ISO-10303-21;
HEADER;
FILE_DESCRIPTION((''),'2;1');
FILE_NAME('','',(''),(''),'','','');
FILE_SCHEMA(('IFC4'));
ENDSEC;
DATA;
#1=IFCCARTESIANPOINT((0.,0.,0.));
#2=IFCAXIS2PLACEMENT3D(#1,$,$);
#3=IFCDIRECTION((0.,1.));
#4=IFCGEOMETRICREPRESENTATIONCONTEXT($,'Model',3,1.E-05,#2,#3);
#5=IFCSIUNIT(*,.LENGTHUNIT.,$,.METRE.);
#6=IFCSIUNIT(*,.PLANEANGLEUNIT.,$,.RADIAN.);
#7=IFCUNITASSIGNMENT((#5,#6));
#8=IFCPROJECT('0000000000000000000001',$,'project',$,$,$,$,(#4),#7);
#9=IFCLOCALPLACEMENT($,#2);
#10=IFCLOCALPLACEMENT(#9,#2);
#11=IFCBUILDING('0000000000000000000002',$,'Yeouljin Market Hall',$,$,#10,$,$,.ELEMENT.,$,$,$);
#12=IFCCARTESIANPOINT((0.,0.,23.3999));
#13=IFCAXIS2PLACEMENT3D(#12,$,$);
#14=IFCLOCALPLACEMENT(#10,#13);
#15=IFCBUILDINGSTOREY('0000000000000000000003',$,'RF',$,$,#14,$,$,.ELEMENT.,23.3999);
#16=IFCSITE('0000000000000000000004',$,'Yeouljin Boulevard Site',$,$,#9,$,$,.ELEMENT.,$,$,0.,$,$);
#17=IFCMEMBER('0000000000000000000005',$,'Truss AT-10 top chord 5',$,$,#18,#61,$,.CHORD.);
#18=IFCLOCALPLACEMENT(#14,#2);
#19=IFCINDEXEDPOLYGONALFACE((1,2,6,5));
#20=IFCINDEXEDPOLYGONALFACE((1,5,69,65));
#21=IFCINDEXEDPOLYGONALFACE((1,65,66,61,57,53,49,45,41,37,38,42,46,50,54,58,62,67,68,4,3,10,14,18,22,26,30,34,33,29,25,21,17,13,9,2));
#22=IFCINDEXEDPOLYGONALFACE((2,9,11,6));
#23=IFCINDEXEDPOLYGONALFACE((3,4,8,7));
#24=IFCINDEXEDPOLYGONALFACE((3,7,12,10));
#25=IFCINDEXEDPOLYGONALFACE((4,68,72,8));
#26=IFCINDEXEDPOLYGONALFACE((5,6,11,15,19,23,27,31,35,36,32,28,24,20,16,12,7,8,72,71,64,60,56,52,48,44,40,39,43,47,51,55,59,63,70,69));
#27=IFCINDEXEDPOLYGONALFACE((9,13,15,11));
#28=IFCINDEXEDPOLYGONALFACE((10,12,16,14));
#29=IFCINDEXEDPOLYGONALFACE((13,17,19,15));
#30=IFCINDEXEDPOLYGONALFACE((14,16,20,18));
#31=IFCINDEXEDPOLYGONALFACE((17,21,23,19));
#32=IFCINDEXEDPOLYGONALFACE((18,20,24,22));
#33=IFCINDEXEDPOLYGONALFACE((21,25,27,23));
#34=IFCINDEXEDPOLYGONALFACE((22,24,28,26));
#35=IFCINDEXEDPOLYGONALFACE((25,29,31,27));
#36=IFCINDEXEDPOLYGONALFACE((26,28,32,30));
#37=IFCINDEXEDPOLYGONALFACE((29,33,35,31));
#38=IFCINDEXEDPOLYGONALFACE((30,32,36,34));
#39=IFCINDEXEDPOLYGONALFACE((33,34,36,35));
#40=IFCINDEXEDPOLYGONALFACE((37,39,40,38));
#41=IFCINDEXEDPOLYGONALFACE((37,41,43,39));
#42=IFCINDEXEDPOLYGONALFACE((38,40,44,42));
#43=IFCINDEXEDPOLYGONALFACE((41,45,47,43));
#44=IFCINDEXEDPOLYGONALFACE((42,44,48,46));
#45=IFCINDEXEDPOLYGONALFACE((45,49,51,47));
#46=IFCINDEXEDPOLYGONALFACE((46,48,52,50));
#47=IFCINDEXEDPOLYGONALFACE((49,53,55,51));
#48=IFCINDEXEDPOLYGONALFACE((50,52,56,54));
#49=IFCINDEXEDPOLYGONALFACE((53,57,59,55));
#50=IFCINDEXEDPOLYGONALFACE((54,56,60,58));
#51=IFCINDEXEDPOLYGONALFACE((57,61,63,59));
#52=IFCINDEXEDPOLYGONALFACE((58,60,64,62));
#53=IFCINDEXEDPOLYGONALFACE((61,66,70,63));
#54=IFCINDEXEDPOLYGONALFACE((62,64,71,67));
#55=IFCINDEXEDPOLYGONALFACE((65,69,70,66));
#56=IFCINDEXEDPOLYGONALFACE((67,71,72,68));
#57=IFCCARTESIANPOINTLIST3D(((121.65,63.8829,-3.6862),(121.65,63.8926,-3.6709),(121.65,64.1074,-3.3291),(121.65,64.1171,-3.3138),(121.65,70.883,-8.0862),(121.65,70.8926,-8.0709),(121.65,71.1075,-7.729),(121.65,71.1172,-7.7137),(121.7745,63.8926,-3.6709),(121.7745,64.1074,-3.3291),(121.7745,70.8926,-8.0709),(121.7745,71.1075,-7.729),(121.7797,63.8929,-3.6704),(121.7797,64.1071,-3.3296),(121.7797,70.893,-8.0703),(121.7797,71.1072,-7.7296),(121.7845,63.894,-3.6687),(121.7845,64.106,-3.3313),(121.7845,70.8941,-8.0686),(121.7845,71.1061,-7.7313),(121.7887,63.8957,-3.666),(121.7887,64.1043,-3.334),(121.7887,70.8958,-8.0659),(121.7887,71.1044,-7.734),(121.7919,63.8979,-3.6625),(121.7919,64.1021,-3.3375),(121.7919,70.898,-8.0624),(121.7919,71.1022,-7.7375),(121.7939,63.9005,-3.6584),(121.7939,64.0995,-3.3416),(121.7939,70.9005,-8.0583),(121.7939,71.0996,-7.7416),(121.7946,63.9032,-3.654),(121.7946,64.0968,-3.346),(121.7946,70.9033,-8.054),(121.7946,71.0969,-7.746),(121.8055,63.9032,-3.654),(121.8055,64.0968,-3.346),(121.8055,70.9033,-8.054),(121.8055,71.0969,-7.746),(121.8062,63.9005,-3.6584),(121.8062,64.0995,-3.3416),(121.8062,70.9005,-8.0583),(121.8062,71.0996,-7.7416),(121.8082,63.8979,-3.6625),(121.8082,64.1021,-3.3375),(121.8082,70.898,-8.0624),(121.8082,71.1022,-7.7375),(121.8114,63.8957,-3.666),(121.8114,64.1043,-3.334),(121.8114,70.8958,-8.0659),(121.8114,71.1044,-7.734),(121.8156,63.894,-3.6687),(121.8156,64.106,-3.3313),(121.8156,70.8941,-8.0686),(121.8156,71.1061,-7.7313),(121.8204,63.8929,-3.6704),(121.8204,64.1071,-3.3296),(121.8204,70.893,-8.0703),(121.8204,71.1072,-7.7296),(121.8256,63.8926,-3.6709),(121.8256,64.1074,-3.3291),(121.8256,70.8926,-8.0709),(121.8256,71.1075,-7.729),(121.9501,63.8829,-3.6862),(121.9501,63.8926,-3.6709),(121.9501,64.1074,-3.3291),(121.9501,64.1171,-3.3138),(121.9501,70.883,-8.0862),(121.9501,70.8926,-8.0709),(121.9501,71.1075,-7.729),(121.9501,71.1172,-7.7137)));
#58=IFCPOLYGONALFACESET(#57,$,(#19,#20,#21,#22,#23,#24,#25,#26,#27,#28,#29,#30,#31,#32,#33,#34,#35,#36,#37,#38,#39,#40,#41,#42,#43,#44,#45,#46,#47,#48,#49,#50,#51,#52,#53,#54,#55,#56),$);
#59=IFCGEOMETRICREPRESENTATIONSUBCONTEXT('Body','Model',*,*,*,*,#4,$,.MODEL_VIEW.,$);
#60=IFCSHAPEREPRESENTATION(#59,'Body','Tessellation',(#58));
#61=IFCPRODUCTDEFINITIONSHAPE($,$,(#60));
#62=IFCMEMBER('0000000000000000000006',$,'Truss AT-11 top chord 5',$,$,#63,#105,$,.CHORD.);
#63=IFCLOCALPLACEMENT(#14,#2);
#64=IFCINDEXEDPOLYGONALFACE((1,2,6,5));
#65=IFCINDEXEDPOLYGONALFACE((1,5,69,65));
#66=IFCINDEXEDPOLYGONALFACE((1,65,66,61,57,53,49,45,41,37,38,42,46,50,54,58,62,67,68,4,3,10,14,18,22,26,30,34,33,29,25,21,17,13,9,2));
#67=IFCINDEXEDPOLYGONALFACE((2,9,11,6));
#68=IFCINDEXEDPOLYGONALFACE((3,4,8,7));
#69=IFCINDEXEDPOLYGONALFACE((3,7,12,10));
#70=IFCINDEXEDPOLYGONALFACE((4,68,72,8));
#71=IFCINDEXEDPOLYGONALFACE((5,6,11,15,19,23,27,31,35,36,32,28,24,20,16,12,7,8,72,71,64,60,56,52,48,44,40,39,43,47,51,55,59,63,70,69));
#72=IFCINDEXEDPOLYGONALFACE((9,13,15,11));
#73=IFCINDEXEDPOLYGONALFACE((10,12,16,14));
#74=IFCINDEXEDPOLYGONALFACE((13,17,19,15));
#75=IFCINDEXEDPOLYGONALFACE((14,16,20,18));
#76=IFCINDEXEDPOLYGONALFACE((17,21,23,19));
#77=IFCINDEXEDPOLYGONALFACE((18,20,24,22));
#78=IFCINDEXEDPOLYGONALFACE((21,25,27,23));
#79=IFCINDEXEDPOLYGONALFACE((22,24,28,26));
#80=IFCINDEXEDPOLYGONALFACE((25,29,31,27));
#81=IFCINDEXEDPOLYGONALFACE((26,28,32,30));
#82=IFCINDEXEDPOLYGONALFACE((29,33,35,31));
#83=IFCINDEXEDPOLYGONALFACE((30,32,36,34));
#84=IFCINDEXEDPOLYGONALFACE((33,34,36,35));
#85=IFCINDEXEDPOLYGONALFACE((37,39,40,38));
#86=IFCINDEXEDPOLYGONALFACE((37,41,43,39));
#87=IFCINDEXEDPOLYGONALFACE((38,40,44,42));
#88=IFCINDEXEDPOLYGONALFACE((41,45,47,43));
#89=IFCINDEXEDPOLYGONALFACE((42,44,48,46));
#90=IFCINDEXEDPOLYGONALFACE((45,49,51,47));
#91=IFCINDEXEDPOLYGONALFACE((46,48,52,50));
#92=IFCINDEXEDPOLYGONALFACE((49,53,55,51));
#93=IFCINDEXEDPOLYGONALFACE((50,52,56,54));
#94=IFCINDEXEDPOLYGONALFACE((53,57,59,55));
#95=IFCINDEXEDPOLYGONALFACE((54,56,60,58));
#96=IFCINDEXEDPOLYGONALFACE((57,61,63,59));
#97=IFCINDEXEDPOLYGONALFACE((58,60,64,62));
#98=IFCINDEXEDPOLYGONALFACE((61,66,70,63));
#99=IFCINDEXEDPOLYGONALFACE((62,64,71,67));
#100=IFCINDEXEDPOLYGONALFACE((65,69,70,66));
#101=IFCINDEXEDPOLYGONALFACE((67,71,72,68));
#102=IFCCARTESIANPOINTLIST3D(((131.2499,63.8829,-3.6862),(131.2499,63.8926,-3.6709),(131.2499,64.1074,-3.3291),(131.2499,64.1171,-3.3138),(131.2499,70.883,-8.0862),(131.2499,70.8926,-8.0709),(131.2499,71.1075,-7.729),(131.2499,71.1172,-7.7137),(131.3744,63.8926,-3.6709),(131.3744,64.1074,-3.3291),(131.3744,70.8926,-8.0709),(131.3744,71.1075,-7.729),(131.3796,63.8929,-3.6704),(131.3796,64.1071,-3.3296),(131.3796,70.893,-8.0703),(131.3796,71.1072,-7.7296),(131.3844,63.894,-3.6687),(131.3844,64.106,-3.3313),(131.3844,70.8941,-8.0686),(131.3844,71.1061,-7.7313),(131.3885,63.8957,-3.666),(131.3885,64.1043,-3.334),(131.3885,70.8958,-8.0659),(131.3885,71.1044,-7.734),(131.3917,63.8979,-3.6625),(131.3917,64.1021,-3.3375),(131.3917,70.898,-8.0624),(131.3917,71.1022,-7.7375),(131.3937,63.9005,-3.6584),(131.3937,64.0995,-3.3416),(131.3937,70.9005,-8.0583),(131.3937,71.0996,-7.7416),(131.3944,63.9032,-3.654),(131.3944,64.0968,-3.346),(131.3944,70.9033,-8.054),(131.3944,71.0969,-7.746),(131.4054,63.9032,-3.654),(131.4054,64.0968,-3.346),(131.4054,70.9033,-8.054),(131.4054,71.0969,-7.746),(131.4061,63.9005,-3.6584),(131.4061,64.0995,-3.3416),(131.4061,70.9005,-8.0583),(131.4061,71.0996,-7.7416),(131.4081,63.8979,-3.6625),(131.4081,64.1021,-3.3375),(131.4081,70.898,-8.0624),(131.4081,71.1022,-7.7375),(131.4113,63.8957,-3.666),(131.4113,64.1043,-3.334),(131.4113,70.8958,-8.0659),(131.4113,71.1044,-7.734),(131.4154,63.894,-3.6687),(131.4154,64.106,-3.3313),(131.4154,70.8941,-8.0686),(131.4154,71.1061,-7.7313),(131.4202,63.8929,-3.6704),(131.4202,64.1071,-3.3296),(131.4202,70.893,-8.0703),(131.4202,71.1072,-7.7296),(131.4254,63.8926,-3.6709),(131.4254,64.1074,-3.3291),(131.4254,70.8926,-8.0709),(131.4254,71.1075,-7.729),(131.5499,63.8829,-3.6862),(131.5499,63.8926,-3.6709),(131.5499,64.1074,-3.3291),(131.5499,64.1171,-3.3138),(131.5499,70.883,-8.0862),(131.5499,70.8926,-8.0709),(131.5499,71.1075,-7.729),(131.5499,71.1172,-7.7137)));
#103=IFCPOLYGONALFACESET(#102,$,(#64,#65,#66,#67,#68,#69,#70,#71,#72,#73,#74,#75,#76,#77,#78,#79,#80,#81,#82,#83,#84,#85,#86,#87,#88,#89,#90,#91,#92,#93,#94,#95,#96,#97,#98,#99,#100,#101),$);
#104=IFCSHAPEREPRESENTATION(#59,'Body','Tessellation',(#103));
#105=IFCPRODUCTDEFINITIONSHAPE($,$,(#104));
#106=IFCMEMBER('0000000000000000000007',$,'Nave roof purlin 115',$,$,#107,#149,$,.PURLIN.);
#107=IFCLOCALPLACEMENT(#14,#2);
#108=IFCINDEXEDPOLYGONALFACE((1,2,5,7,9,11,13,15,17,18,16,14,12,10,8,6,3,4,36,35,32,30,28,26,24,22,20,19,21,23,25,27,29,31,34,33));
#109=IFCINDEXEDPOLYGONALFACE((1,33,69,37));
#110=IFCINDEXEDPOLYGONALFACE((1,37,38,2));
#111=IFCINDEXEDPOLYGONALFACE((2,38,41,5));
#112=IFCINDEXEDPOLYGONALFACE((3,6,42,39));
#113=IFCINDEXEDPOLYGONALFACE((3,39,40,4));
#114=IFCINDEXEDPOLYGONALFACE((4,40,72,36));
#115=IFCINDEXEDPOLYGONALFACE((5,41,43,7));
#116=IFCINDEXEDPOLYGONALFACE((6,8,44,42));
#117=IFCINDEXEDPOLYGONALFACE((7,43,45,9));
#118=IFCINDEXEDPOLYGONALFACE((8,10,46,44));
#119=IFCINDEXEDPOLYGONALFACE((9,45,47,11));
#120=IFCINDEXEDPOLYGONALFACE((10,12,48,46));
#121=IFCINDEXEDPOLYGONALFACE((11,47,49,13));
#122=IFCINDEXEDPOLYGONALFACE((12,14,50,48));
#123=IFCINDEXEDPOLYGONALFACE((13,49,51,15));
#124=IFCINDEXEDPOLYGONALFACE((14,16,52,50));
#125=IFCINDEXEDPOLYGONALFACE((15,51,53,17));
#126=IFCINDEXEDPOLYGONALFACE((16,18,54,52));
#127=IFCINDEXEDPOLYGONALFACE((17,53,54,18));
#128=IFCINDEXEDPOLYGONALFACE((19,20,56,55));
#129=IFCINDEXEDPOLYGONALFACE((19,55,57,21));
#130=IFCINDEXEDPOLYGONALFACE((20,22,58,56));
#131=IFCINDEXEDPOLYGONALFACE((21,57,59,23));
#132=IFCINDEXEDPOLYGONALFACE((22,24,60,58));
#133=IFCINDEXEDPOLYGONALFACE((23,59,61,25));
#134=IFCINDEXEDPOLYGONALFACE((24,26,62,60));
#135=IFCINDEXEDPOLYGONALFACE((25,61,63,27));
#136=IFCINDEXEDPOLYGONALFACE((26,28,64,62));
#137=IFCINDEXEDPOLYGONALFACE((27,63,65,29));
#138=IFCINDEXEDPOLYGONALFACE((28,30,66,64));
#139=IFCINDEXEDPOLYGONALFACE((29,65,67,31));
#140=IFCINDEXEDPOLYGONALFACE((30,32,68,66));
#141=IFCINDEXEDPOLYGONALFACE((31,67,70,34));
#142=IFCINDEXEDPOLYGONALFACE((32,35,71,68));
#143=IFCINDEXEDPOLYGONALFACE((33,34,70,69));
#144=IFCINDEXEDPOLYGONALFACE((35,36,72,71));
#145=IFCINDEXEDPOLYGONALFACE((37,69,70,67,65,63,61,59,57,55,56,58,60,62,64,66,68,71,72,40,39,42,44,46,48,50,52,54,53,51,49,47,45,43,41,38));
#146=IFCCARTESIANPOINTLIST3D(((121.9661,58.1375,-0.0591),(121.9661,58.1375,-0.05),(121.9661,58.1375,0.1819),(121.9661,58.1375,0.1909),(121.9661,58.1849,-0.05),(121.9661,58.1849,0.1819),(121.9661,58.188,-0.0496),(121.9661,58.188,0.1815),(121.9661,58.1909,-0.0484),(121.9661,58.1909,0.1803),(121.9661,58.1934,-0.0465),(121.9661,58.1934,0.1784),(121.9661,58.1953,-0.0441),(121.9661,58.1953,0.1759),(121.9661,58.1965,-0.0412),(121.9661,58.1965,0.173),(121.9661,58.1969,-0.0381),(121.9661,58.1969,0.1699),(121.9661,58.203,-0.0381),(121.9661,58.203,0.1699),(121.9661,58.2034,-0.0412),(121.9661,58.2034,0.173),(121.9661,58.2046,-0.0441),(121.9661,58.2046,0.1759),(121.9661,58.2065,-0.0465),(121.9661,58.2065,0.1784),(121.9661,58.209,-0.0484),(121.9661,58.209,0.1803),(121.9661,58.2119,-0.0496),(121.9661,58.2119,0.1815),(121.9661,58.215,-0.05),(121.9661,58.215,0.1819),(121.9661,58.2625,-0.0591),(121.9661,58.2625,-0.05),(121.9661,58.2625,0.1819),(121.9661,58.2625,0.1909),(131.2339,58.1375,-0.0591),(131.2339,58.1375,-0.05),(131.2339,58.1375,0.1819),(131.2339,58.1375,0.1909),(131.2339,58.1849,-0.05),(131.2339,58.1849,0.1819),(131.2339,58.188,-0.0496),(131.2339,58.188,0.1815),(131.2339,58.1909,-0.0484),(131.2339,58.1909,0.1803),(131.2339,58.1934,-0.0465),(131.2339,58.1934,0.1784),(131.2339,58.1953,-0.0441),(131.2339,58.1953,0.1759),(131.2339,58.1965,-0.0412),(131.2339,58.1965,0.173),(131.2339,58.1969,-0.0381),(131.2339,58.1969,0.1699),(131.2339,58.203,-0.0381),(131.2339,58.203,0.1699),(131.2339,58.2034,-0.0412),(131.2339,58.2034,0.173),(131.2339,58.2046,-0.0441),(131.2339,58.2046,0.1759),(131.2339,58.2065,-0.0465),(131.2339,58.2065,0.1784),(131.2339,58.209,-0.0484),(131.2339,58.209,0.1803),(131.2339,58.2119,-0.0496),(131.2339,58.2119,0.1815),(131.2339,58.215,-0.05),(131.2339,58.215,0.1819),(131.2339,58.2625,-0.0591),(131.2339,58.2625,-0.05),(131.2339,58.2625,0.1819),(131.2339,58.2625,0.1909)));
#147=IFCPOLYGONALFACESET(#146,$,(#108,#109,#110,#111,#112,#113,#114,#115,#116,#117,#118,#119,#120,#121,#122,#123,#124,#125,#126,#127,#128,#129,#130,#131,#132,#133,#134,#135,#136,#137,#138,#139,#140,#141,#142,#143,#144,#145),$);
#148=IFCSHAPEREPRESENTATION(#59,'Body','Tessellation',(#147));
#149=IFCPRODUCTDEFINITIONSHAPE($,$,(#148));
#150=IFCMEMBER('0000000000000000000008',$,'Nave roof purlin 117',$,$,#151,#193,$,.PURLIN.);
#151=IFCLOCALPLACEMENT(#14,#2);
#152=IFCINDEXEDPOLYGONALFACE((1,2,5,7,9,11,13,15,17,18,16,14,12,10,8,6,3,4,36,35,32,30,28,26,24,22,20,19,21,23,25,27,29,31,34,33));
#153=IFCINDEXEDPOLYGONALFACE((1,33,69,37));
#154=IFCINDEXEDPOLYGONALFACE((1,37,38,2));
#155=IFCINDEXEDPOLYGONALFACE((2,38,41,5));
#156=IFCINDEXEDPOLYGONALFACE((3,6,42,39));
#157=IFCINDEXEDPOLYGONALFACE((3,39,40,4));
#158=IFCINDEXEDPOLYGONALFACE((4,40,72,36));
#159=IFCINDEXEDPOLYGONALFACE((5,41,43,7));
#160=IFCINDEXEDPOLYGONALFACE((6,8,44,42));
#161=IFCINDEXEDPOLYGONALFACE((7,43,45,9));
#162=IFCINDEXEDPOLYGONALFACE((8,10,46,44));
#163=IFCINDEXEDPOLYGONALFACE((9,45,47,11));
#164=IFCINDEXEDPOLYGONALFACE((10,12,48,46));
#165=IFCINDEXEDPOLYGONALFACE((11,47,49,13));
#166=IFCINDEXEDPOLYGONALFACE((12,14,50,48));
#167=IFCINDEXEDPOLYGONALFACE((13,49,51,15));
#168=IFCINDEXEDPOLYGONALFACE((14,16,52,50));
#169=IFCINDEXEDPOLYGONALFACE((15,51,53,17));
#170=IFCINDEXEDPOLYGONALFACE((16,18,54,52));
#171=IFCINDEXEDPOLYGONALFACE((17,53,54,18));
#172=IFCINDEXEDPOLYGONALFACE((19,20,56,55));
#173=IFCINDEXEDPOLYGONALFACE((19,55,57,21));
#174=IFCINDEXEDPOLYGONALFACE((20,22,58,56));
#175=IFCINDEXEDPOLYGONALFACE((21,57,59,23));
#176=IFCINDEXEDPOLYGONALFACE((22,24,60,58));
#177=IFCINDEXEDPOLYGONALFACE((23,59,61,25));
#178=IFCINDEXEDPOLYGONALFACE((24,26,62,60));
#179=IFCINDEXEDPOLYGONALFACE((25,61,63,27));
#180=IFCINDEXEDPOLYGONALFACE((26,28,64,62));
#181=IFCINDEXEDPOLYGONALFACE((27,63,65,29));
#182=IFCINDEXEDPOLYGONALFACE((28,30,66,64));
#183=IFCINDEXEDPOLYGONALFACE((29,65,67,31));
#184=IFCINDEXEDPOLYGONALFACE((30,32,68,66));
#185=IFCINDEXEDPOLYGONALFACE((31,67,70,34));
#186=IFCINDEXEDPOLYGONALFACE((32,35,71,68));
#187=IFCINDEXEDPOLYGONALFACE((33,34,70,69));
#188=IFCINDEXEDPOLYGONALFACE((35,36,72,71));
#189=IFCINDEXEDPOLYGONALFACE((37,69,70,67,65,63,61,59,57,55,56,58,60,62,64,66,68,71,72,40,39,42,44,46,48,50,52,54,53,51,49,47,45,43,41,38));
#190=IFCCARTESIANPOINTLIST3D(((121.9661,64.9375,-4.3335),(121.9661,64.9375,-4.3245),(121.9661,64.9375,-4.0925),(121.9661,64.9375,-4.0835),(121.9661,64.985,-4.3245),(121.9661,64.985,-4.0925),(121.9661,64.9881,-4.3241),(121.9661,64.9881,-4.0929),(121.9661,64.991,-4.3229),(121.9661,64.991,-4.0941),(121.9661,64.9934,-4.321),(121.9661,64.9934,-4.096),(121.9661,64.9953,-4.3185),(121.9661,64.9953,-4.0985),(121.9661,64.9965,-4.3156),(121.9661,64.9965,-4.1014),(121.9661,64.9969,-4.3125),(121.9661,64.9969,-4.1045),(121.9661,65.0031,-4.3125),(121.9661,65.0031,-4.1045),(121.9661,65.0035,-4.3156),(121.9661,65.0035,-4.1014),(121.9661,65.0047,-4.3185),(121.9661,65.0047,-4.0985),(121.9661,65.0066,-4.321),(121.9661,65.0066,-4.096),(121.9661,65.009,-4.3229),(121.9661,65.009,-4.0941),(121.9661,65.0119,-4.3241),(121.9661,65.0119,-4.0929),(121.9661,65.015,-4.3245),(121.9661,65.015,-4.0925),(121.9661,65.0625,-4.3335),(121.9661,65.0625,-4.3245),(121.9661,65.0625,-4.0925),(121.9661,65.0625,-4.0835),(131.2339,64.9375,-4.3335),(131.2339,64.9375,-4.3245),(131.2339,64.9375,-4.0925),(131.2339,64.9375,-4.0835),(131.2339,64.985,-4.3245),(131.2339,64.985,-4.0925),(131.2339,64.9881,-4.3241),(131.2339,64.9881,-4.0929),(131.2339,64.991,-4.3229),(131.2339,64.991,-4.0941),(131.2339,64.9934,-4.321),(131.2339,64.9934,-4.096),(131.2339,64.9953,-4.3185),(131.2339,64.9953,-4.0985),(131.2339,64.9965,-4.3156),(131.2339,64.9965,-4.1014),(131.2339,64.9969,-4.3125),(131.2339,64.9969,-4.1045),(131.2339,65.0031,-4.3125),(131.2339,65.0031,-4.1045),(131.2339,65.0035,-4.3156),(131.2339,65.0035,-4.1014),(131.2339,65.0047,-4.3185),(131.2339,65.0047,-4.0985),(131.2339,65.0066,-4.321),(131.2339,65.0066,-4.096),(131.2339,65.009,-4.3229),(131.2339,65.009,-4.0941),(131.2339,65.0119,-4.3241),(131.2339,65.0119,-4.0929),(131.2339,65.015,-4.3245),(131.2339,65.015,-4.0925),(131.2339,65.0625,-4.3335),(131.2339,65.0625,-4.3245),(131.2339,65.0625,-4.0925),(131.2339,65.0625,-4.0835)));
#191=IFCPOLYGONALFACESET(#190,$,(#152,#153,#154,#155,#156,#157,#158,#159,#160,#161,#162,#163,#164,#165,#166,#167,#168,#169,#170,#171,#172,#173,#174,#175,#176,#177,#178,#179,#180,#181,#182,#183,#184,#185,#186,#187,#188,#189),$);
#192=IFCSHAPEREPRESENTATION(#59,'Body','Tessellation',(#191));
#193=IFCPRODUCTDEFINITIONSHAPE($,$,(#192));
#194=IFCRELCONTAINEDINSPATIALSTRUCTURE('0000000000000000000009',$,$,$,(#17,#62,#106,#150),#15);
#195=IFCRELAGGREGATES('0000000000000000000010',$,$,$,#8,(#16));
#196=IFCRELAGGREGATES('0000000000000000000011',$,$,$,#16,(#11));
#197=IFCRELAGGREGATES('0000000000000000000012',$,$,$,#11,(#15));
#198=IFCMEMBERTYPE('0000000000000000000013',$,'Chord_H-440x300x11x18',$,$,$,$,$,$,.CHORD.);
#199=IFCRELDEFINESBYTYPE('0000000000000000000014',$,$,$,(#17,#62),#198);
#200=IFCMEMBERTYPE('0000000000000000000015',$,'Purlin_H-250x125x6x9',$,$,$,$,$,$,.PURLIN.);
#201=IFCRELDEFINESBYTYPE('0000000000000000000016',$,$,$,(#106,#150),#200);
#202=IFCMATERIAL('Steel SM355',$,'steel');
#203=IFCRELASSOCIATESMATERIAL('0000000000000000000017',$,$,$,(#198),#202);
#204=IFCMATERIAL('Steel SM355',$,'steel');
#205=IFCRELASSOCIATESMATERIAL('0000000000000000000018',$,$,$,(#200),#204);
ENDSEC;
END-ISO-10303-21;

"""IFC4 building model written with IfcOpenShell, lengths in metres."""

from ifc_helpers import new_model, si_unit, direction, frame, origin, origin_2d, place, context, subcontext, project, spatial, i_section, extrude, material, material_profile, profile_set, type_object, element, save


model = new_model("IFC4")

# Units and contexts
model_context = context("Model", 3, precision=1e-05, world=origin(), true_north=direction((0.0, 1.0)))
body_context = subcontext(model_context, "Body", "Model", "MODEL_VIEW")
ifc_project = project(units=[si_unit("LENGTHUNIT", "METRE"), si_unit("PLANEANGLEUNIT", "RADIAN")], contexts=[model_context])

# Site, building, storey
site_placement = place(None, origin())
site = spatial("IfcSite", under=ifc_project, at=site_placement, Name="Yeouljin Boulevard Site", CompositionType="ELEMENT", RefElevation=0.0)
building_placement = place(site_placement, origin())
building = spatial("IfcBuilding", under=site, at=building_placement, Name="Yeouljin Market Hall", CompositionType="ELEMENT")
storey_placement = place(building_placement, frame((0.0, 0.0, 23.3999)))
storey = spatial("IfcBuildingStorey", under=building, at=storey_placement, Name="RF", CompositionType="ELEMENT", Elevation=23.3999)

# Members
ifc_material_1 = material(Name="Steel SM355", Category="steel")
ifc_material_profile_1 = material_profile(ifc_material_1, i_section(OverallWidth=0.3, OverallDepth=0.4399, WebThickness=0.011, FlangeThickness=0.0181, FilletRadius=0.02, at=origin_2d()), Name="H-440x300x11x18")
ifc_profile_set_1 = profile_set([ifc_material_profile_1], Name="Steel SM355")
member_type_1 = type_object("IfcMemberType", Name="Chord_H-440x300x11x18", PredefinedType="CHORD", material=ifc_profile_set_1)
for number, where, z_axis, x_axis, name in (
    (1, (121.8, 64.0, -3.5), (0.0, 0.846642, -0.532163), (-1.0, 0.0, 0.0), "Truss AT-10 top chord 5"),
    (2, (131.3999, 64.0, -3.5), (0.0, 0.846642, -0.532163), (-1.0, 0.0, 0.0), "Truss AT-11 top chord 5"),
):
    element("IfcMember", number, at=place(storey_placement, frame(where, z_axis=z_axis, x_axis=x_axis)), inside=storey, type_object=member_type_1, Name=name, PredefinedType="CHORD", context=body_context, shape_type="SweptSolid", body=[
        extrude(i_section(OverallWidth=0.3, OverallDepth=0.4399, WebThickness=0.011, FlangeThickness=0.0181, FilletRadius=0.02, at=origin_2d()), origin(), (0.0, 0.0, 1.0), 8.2681),
    ])
ifc_material_2 = material(Name="Steel SM355", Category="steel")
ifc_material_profile_2 = material_profile(ifc_material_2, i_section(OverallWidth=0.125, OverallDepth=0.25, WebThickness=0.0061, FlangeThickness=0.009, FilletRadius=0.012, at=origin_2d()), Name="H-250x125x6x9")
ifc_profile_set_2 = profile_set([ifc_material_profile_2], Name="Steel SM355")
member_type_2 = type_object("IfcMemberType", Name="Purlin_H-250x125x6x9", PredefinedType="PURLIN", material=ifc_profile_set_2)
for number, where, z_axis, x_axis, name in (
    (3, (121.9661, 58.2, 0.0659), (1.0, 0.0, 0.0), (0.0, 1.0, 0.0), "Nave roof purlin 115"),
    (4, (121.9661, 65.0, -4.2085), (1.0, 0.0, 0.0), (0.0, 1.0, 0.0), "Nave roof purlin 117"),
):
    element("IfcMember", number, at=place(storey_placement, frame(where, z_axis=z_axis, x_axis=x_axis)), inside=storey, type_object=member_type_2, Name=name, PredefinedType="PURLIN", context=body_context, shape_type="SweptSolid", body=[
        extrude(i_section(OverallWidth=0.125, OverallDepth=0.25, WebThickness=0.0061, FlangeThickness=0.009, FilletRadius=0.012, at=origin_2d()), origin(), (0.0, 0.0, 1.0), 9.2678),
    ])

save(model, "model.ifc")
